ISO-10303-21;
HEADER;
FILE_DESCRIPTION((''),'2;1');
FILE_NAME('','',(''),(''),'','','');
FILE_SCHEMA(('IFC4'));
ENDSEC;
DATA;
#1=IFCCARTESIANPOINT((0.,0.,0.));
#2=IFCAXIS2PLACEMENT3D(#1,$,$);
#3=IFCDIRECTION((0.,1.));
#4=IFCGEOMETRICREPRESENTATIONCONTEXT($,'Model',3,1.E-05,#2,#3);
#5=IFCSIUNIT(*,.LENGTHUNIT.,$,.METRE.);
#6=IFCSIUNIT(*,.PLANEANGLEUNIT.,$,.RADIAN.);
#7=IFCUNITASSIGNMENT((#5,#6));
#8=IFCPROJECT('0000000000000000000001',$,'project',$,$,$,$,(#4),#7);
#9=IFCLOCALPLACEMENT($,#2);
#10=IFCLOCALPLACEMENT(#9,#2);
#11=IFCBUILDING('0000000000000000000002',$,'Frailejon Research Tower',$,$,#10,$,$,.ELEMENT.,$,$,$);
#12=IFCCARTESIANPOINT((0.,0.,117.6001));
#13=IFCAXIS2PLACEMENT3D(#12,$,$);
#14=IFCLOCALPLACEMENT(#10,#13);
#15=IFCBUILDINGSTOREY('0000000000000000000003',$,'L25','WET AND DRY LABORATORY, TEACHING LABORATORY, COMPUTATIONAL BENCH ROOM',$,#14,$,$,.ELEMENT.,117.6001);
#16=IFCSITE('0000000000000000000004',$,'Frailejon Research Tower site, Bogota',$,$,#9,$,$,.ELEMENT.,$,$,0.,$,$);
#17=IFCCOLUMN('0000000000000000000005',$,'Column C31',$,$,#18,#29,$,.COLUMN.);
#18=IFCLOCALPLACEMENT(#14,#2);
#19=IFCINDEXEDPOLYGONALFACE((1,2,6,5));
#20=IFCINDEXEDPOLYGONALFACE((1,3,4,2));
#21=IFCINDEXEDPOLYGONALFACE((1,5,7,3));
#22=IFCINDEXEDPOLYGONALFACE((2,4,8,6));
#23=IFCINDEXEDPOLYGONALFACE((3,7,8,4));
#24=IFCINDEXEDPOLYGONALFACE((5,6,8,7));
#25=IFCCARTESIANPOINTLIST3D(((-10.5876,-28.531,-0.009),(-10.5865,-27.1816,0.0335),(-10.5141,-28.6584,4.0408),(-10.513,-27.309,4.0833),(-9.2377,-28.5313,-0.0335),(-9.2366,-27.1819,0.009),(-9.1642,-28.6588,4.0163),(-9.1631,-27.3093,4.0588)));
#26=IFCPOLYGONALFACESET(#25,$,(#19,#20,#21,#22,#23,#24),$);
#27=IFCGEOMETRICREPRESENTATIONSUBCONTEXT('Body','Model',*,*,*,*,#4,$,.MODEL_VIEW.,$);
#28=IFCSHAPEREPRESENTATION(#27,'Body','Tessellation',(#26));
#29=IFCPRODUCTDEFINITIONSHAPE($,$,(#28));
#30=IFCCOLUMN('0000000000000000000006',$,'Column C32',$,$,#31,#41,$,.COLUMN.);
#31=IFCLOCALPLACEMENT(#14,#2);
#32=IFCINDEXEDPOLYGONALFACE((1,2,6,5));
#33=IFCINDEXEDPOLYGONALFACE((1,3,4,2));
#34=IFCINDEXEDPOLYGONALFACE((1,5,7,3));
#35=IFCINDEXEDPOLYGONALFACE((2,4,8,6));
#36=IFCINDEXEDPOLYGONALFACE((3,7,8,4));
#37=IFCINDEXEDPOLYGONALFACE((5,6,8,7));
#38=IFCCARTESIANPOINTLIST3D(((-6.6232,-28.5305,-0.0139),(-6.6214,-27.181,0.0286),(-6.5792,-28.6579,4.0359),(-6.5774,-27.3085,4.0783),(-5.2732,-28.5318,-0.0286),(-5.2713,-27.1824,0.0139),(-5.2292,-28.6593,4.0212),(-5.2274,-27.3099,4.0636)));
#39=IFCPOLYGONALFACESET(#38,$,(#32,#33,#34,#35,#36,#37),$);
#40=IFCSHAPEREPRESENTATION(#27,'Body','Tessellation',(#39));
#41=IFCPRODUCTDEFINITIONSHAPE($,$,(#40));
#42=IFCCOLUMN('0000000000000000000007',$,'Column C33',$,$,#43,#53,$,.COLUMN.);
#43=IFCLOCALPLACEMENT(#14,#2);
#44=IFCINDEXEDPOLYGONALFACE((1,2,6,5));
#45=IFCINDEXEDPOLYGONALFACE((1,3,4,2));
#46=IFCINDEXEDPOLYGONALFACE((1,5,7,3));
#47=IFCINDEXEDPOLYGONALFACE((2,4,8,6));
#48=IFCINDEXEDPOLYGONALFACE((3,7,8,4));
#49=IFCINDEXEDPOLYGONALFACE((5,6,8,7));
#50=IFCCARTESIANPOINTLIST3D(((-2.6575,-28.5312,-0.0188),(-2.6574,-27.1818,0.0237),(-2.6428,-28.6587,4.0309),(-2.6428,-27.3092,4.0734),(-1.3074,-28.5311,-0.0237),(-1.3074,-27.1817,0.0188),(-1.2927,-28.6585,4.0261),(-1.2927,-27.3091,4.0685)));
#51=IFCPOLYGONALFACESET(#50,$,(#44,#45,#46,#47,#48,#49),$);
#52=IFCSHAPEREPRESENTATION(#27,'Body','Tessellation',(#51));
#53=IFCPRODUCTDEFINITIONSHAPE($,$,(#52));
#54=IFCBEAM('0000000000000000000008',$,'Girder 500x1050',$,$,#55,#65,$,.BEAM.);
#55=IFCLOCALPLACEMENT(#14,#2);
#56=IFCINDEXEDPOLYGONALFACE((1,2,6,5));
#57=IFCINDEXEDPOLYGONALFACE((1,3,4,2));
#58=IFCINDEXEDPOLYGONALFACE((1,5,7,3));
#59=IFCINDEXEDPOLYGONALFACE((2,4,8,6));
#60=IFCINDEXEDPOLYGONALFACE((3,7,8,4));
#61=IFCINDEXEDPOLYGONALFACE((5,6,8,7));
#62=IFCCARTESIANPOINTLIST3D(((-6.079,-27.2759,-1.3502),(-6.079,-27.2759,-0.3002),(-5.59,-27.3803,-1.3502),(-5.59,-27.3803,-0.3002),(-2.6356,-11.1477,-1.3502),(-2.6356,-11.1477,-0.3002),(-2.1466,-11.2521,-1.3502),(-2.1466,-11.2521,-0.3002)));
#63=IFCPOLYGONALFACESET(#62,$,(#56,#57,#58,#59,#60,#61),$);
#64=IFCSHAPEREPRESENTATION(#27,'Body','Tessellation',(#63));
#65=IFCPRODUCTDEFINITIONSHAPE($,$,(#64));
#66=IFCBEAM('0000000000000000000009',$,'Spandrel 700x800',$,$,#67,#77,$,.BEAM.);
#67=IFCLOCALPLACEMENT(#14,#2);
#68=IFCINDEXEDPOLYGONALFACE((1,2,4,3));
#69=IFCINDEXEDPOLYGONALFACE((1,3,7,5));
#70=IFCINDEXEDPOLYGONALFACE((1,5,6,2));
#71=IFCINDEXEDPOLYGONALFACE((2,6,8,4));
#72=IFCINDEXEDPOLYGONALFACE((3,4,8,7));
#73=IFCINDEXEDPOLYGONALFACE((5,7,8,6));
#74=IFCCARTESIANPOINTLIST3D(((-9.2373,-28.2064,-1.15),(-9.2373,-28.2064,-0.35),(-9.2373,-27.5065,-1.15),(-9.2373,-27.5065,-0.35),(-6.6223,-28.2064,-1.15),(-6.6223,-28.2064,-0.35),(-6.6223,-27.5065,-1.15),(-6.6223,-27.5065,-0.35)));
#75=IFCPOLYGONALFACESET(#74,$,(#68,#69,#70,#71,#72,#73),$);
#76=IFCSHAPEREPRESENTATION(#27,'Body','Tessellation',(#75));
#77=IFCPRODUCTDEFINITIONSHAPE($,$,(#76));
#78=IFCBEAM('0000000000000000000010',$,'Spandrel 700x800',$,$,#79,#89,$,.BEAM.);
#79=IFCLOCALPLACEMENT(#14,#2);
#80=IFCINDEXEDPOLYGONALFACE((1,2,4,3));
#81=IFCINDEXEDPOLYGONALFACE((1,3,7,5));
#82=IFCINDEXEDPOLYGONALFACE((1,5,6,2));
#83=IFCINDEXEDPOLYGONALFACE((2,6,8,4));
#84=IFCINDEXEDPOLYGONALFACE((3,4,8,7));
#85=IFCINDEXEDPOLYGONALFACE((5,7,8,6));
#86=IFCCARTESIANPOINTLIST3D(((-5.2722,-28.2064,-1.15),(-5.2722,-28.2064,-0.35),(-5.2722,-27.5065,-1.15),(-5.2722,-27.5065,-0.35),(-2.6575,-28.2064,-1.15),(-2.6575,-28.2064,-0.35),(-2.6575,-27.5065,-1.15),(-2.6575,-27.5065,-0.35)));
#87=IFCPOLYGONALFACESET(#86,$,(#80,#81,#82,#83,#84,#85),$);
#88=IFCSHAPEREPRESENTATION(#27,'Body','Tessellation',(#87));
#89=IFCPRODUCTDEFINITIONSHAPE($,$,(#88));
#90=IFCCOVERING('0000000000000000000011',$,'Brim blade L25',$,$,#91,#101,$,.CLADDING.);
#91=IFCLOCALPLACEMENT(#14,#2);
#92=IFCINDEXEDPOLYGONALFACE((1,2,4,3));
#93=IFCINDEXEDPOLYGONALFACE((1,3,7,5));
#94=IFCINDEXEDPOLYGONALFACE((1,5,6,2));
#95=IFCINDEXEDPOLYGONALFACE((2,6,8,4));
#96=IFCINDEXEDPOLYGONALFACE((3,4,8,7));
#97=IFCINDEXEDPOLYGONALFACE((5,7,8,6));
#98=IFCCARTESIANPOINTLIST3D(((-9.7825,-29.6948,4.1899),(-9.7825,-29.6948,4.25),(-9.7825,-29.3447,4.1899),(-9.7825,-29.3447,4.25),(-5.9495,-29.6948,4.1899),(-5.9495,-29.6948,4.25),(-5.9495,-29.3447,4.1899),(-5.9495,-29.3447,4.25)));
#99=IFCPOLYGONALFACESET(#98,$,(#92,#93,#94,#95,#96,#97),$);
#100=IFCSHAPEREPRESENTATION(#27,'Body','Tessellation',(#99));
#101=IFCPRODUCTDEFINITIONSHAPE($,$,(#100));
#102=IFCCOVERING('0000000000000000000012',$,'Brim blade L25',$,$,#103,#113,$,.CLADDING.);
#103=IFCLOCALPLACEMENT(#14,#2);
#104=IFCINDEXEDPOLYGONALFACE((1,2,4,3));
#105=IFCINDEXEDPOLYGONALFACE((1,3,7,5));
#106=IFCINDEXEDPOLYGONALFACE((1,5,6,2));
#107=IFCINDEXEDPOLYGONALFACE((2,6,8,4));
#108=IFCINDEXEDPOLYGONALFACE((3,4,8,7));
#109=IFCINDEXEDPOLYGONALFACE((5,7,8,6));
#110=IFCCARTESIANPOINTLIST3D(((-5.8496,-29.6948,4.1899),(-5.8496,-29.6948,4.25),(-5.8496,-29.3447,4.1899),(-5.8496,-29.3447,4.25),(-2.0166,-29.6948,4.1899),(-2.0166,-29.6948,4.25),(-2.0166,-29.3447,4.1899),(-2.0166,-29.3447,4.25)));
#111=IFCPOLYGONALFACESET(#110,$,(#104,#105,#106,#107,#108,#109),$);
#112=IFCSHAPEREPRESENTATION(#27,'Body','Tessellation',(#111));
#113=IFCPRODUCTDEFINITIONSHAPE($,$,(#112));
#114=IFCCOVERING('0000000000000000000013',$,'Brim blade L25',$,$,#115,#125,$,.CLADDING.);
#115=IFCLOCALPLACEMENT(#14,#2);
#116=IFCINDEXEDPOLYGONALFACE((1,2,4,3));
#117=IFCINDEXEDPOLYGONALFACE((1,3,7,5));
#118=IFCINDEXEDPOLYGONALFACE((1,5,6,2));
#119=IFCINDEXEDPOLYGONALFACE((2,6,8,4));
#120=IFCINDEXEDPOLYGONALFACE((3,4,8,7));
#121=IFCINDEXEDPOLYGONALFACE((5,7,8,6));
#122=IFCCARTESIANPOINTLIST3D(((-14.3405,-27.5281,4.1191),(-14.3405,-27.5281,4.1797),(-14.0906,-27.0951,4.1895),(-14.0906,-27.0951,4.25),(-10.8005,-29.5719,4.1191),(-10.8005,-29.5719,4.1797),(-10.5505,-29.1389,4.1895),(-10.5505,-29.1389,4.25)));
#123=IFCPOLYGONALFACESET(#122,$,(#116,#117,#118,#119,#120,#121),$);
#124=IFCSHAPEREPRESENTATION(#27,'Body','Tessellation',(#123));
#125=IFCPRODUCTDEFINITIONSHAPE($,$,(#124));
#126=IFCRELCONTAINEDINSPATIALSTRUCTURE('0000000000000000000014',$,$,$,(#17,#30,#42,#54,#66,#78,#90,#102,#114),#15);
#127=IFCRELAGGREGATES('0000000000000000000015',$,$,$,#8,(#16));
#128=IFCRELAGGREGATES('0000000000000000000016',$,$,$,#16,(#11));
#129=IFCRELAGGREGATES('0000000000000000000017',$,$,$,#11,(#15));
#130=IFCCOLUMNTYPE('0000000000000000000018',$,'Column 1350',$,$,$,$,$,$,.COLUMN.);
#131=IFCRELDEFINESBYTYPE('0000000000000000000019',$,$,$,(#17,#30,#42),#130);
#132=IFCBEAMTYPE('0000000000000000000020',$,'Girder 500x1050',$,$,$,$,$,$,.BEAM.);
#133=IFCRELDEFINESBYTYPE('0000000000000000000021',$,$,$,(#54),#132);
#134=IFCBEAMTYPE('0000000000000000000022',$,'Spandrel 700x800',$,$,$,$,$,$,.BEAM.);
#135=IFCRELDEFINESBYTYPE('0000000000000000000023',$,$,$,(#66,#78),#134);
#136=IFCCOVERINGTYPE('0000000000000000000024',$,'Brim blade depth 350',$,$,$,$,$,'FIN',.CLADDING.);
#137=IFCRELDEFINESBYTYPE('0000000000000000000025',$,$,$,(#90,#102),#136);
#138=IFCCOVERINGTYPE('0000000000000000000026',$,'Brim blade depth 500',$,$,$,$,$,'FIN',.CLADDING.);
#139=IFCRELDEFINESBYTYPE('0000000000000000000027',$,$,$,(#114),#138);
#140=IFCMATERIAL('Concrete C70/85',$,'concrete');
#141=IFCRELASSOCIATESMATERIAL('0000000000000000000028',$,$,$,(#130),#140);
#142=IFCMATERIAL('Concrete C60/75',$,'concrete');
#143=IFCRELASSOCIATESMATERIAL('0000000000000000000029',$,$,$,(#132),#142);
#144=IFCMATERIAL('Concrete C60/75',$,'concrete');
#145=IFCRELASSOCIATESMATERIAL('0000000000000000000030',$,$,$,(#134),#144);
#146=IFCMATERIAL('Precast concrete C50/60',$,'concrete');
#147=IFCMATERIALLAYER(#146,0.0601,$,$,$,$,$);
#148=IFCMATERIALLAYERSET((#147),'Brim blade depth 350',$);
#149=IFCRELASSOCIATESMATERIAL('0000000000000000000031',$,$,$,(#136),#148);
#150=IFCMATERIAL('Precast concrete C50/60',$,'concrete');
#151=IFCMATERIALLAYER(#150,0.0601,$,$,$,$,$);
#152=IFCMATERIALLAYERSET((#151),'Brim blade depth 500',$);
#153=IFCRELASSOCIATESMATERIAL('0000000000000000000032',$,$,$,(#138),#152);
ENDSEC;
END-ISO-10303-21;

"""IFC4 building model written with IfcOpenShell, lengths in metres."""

from ifc_helpers import new_model, si_unit, direction, frame, origin, origin_2d, place, context, subcontext, project, spatial, polyline, rectangle, outline, extrude, material, layer, layer_set, material_profile, profile_set, type_object, element, save


model = new_model("IFC4")

# Units and contexts
model_context = context("Model", 3, precision=1e-05, world=origin(), true_north=direction((0.0, 1.0)))
body_context = subcontext(model_context, "Body", "Model", "MODEL_VIEW")
ifc_project = project(units=[si_unit("LENGTHUNIT", "METRE"), si_unit("PLANEANGLEUNIT", "RADIAN")], contexts=[model_context])

# Site, building, storey
site_placement = place(None, origin())
site = spatial("IfcSite", under=ifc_project, at=site_placement, Name="Frailejon Research Tower site, Bogota", CompositionType="ELEMENT", RefElevation=0.0)
building_placement = place(site_placement, origin())
building = spatial("IfcBuilding", under=site, at=building_placement, Name="Frailejon Research Tower", CompositionType="ELEMENT")
storey_placement = place(building_placement, frame((0.0, 0.0, 117.6001)))
storey = spatial("IfcBuildingStorey", under=building, at=storey_placement, Name="L25", Description="WET AND DRY LABORATORY, TEACHING LABORATORY, COMPUTATIONAL BENCH ROOM", CompositionType="ELEMENT", Elevation=117.6001)

# Columns
ifc_material_1 = material(Name="Concrete C70/85", Category="concrete")
ifc_material_profile_1 = material_profile(ifc_material_1, rectangle(XDim=1.3501, YDim=1.3501, at=origin_2d()), Name="Column 1350")
ifc_profile_set_1 = profile_set([ifc_material_profile_1], Name="Concrete C70/85")
column_type = type_object("IfcColumnType", Name="Column 1350", PredefinedType="COLUMN", material=ifc_profile_set_1)
column_1_placement = place(storey_placement, frame((-9.9121, -27.8564, 0.0), z_axis=(0.018134, -0.031448, 0.999341), x_axis=(0.999835, -0.000256, -0.018151)))
element("IfcColumn", 1, at=column_1_placement, inside=storey, type_object=column_type, Name="Column C31", PredefinedType="COLUMN", context=body_context, shape_type="SweptSolid", body=[
    extrude(rectangle(XDim=1.3501, YDim=1.3501, at=origin_2d()), origin(), (0.0, 0.0, 1.0), 4.0525),
])
column_2_placement = place(storey_placement, frame((-5.9473, -27.8564, 0.0), z_axis=(0.010845, -0.031451, 0.999446), x_axis=(0.99994, -0.001017, -0.010883)))
element("IfcColumn", 2, at=column_2_placement, inside=storey, type_object=column_type, Name="Column C32", PredefinedType="COLUMN", context=body_context, shape_type="SweptSolid", body=[
    extrude(rectangle(XDim=1.3501, YDim=1.3501, at=origin_2d()), origin(), (0.0, 0.0, 1.0), 4.052),
])
column_3_placement = place(storey_placement, frame((-1.9824, -27.8564, 0.0), z_axis=(0.003615, -0.031453, 0.999499), x_axis=(0.999993, 0.000089, -0.003614)))
element("IfcColumn", 3, at=column_3_placement, inside=storey, type_object=column_type, Name="Column C33", PredefinedType="COLUMN", context=body_context, shape_type="SweptSolid", body=[
    extrude(rectangle(XDim=1.3501, YDim=1.3501, at=origin_2d()), origin(), (0.0, 0.0, 1.0), 4.0518),
])

# Beams
ifc_material_2 = material(Name="Concrete C60/75", Category="concrete")
ifc_material_profile_2 = material_profile(ifc_material_2, rectangle(XDim=0.5, YDim=1.05, at=origin_2d()), Name="Girder 500x1050")
ifc_profile_set_2 = profile_set([ifc_material_profile_2], Name="Concrete C60/75")
beam_type_1 = type_object("IfcBeamType", Name="Girder 500x1050", PredefinedType="BEAM", material=ifc_profile_set_2)
beam_1_placement = place(storey_placement, frame((-5.8345, -27.3281, -0.8252), z_axis=(0.208794, 0.97796, 0.0), x_axis=(-0.97796, 0.208794, 0.0)))
element("IfcBeam", 4, at=beam_1_placement, inside=storey, type_object=beam_type_1, Name="Girder 500x1050", PredefinedType="BEAM", context=body_context, shape_type="SweptSolid", body=[
    extrude(rectangle(XDim=0.5, YDim=1.05, at=origin_2d()), origin(), (0.0, 0.0, 1.0), 16.4917),
])
ifc_material_3 = material(Name="Concrete C60/75", Category="concrete")
ifc_material_profile_3 = material_profile(ifc_material_3, rectangle(XDim=0.7, YDim=0.8, at=origin_2d()), Name="Spandrel 700x800")
ifc_profile_set_3 = profile_set([ifc_material_profile_3], Name="Concrete C60/75")
beam_type_2 = type_object("IfcBeamType", Name="Spandrel 700x800", PredefinedType="BEAM", material=ifc_profile_set_3)
beam_2_placement = place(storey_placement, frame((-9.2373, -27.8564, -0.75), z_axis=(1.0, 0.0, 0.0), x_axis=(0.0, 1.0, 0.0)))
element("IfcBeam", 5, at=beam_2_placement, inside=storey, type_object=beam_type_2, Name="Spandrel 700x800", PredefinedType="BEAM", context=body_context, shape_type="SweptSolid", body=[
    extrude(rectangle(XDim=0.7, YDim=0.8, at=origin_2d()), origin(), (0.0, 0.0, 1.0), 2.615),
])
beam_3_placement = place(storey_placement, frame((-5.2722, -27.8564, -0.75), z_axis=(1.0, 0.0, 0.0), x_axis=(0.0, 1.0, 0.0)))
element("IfcBeam", 6, at=beam_3_placement, inside=storey, type_object=beam_type_2, Name="Spandrel 700x800", PredefinedType="BEAM", context=body_context, shape_type="SweptSolid", body=[
    extrude(rectangle(XDim=0.7, YDim=0.8, at=origin_2d()), origin(), (0.0, 0.0, 1.0), 2.6147),
])

# Coverings
ifc_material_4 = material(Name="Precast concrete C50/60", Category="concrete")
ifc_layer_1 = layer(ifc_material_4, 0.0601)
ifc_layer_set_1 = layer_set([ifc_layer_1], Name="Brim blade depth 350")
covering_type_1 = type_object("IfcCoveringType", Name="Brim blade depth 350", ElementType="FIN", PredefinedType="CLADDING", material=ifc_layer_set_1)
for number, where, z_axis, x_axis, name in (
    (7, (-5.9495, -29.3447, 4.25), (-1.0, 0.0, 0.0), (0.0, -1.0, 0.0), "Brim blade L25"),
    (8, (-2.0166, -29.3447, 4.25), (-1.0, 0.0, 0.0), (0.0, -1.0, 0.0), "Brim blade L25"),
):
    element("IfcCovering", number, at=place(storey_placement, frame(where, z_axis=z_axis, x_axis=x_axis)), inside=storey, type_object=covering_type_1, Name=name, PredefinedType="CLADDING", context=body_context, shape_type="SweptSolid", body=[
        extrude(outline(polyline([(0.0, -0.0601), (0.3501, -0.0601), (0.3501, 0.0), (0.0, 0.0), (0.0, -0.0601)])), origin(), (0.0, 0.0, 1.0), 3.833),
    ])
ifc_material_5 = material(Name="Precast concrete C50/60", Category="concrete")
ifc_layer_2 = layer(ifc_material_5, 0.0601)
ifc_layer_set_2 = layer_set([ifc_layer_2], Name="Brim blade depth 500")
covering_type_2 = type_object("IfcCoveringType", Name="Brim blade depth 500", ElementType="FIN", PredefinedType="CLADDING", material=ifc_layer_set_2)
covering_placement = place(storey_placement, frame((-10.5505, -29.1389, 4.25), z_axis=(-0.866027, 0.499997, 0.0), x_axis=(-0.499997, -0.866027, 0.0)))
element("IfcCovering", 9, at=covering_placement, inside=storey, type_object=covering_type_2, Name="Brim blade L25", PredefinedType="CLADDING", context=body_context, shape_type="SweptSolid", body=[
    extrude(outline(polyline([(0.0, -0.0605), (0.5, -0.1309), (0.5, -0.0703), (0.0, 0.0), (0.0, -0.0605)])), origin(), (0.0, 0.0, 1.0), 4.0876),
])

save(model, "model.ifc")
